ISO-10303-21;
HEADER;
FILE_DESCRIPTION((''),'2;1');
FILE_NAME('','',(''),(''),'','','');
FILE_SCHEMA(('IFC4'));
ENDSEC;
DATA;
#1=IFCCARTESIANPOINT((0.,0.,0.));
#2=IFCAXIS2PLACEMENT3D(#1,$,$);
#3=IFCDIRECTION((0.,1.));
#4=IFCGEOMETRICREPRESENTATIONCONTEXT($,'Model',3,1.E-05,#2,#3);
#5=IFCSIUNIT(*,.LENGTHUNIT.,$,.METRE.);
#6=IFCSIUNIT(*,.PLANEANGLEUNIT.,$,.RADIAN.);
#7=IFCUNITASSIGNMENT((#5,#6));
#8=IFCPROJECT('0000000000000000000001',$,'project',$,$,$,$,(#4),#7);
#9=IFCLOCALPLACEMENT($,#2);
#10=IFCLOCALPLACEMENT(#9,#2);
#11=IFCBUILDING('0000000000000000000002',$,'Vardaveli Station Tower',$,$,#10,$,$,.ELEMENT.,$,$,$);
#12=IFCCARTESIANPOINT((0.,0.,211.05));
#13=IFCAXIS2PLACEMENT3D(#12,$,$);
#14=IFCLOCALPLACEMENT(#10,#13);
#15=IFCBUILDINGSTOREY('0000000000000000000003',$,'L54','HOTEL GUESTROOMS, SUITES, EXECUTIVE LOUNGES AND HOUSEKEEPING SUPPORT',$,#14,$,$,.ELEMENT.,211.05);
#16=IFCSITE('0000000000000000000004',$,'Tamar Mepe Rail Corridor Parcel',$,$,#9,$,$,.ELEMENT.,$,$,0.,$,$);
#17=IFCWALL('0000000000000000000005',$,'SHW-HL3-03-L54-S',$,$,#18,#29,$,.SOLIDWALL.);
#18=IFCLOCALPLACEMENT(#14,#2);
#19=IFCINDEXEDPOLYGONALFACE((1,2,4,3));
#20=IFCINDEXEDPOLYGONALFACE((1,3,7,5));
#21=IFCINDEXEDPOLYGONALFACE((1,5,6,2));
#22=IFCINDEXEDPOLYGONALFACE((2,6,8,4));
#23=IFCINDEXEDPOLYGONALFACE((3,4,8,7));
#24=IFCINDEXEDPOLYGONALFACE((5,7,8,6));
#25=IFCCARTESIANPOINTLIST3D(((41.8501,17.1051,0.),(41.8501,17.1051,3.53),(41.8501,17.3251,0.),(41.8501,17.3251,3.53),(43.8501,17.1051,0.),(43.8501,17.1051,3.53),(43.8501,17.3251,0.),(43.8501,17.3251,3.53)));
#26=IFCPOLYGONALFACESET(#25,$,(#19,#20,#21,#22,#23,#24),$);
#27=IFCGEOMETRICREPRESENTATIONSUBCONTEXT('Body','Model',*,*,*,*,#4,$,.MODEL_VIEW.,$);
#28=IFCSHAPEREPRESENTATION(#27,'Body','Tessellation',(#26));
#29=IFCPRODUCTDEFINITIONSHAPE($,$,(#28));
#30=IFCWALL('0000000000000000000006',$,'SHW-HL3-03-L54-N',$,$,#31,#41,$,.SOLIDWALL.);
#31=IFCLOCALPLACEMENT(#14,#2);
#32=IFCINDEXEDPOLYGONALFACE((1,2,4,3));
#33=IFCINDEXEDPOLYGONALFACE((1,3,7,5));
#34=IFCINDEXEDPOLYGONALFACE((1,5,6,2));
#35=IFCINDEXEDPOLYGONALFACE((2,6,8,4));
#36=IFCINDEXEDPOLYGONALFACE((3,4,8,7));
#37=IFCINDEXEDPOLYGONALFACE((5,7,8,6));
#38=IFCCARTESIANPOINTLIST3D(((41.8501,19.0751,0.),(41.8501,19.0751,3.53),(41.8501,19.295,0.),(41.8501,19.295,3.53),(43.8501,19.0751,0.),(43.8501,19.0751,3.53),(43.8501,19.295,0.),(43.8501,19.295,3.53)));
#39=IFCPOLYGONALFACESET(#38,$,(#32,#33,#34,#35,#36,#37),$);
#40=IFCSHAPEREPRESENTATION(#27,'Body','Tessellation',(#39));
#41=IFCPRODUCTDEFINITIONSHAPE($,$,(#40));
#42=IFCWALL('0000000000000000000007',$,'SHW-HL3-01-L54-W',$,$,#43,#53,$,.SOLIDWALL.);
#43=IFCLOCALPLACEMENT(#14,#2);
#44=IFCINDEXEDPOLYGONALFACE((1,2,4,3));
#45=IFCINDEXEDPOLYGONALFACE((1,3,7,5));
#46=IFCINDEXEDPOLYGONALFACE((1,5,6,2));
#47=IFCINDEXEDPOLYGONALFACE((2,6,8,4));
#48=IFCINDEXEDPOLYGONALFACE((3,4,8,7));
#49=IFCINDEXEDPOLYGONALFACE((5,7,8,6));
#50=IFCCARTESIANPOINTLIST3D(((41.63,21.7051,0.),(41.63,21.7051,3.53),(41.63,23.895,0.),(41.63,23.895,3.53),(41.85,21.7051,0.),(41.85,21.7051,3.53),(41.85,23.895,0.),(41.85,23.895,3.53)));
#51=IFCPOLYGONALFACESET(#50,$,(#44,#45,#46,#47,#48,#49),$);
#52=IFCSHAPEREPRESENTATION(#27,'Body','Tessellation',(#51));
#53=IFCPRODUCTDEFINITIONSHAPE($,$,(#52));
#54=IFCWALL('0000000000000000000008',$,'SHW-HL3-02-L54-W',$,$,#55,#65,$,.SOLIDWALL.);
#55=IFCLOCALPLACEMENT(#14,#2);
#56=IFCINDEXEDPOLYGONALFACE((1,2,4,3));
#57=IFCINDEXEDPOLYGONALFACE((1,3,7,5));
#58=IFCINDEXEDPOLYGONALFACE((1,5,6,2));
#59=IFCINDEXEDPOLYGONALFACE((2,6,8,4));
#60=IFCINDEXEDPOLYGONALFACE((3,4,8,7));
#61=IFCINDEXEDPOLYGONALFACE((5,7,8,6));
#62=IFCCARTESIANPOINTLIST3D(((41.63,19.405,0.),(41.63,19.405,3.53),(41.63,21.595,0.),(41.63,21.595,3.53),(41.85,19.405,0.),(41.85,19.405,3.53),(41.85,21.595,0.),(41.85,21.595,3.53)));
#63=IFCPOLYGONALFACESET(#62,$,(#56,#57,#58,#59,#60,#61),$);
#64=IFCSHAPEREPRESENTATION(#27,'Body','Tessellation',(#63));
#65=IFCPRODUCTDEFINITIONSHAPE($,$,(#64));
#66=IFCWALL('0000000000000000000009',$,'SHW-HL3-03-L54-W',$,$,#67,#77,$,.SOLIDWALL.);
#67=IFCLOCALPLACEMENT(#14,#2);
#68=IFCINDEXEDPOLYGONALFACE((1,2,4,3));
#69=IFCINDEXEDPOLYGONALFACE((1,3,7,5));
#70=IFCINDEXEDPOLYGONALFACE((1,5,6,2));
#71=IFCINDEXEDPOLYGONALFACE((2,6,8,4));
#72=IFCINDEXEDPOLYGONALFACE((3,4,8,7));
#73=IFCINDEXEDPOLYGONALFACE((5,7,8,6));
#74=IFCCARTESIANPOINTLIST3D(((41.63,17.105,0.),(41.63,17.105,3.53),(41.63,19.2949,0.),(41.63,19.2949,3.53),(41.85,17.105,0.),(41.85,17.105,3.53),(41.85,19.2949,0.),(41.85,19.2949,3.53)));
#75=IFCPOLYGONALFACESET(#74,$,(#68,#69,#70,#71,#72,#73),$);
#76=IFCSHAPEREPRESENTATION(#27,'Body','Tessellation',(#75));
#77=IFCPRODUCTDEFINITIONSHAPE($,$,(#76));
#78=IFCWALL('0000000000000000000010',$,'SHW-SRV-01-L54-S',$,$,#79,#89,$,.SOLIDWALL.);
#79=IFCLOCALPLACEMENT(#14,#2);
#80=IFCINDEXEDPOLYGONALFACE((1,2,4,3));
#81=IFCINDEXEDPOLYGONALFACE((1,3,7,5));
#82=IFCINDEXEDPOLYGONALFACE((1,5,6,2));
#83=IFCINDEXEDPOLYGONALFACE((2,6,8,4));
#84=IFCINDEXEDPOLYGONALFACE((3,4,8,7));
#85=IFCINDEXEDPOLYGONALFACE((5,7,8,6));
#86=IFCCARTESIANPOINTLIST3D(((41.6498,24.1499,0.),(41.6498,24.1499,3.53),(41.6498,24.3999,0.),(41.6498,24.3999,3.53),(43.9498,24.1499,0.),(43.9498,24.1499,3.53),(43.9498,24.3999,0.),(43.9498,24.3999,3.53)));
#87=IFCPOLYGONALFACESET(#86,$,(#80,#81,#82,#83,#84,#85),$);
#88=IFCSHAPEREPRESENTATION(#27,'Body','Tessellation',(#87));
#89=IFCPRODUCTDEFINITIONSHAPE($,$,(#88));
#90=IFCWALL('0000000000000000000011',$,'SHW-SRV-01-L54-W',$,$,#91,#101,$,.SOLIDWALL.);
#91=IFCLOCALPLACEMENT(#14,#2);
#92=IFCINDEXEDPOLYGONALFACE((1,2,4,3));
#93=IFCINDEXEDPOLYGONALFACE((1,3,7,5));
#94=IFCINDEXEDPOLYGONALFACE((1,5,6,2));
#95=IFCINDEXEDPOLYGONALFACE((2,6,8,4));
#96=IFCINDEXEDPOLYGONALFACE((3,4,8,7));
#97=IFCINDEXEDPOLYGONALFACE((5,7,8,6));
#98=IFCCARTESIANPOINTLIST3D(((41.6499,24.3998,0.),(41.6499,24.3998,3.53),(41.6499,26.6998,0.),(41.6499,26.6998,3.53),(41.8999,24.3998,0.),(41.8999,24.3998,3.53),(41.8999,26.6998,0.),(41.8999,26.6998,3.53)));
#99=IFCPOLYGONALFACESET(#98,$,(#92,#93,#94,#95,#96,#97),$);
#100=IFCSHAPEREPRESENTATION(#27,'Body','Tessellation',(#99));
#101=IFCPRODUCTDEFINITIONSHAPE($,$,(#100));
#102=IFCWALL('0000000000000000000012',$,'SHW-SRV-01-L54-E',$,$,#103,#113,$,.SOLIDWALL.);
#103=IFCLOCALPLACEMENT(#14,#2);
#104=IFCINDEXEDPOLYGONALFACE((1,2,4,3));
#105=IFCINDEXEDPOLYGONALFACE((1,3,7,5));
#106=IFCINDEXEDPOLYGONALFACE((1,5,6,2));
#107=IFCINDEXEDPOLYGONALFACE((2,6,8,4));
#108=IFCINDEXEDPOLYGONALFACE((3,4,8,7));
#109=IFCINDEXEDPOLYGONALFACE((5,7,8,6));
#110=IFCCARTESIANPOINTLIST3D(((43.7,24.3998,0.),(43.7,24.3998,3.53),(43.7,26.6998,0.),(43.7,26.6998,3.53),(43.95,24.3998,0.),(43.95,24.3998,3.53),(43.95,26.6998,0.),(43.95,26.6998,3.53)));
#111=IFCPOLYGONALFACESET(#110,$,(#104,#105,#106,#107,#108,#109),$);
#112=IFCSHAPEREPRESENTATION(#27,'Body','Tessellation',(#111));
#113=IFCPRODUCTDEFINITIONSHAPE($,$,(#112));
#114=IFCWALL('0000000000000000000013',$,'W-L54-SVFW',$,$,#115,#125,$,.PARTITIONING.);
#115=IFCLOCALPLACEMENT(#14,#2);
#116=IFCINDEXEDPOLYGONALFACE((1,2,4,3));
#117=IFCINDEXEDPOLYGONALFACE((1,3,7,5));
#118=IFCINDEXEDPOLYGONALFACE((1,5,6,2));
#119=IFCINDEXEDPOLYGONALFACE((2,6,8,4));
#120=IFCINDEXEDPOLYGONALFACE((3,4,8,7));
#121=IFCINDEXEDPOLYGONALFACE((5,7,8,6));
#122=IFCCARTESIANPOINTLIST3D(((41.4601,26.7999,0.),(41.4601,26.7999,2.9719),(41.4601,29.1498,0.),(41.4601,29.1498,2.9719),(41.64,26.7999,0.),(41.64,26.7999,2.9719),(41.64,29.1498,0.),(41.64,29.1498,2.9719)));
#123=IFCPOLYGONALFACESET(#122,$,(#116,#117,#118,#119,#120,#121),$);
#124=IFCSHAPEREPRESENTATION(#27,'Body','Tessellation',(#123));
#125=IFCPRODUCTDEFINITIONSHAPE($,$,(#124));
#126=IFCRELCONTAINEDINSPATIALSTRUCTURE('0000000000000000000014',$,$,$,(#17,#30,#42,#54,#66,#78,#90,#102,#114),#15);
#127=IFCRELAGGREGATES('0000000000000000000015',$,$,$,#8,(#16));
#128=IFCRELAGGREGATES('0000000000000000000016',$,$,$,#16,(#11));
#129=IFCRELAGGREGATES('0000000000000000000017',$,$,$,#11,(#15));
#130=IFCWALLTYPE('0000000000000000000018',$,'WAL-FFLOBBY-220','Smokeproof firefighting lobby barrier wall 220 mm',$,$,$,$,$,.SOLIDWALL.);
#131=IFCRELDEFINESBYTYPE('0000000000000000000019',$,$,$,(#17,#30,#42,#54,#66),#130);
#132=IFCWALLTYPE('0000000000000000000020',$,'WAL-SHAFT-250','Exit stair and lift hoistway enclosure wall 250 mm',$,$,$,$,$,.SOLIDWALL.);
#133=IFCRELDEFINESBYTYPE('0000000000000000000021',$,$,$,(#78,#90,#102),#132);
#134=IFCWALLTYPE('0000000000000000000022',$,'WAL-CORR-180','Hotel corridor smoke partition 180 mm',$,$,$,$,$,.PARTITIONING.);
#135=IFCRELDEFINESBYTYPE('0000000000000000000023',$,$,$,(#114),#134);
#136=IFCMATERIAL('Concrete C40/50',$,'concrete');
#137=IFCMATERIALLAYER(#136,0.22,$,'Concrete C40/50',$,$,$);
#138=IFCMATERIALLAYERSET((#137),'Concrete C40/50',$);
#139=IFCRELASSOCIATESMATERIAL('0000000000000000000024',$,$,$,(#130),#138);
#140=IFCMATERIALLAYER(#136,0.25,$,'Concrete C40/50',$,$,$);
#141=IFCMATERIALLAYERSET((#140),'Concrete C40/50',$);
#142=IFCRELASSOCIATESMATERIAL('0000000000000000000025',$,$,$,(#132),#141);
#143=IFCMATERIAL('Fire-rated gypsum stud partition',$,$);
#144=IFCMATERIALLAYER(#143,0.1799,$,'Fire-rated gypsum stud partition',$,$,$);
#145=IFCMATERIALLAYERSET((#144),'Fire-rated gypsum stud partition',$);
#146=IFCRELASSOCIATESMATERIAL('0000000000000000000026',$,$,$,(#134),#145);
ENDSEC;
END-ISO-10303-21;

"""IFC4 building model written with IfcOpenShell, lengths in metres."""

from ifc_helpers import new_model, si_unit, direction, frame, frame_2d, origin, place, context, subcontext, project, spatial, rectangle, extrude, source, transform, mapped, material, layer, layer_set, type_object, element, save


model = new_model("IFC4")

# Units and contexts
model_context = context("Model", 3, precision=1e-05, world=origin(), true_north=direction((0.0, 1.0)))
body_context = subcontext(model_context, "Body", "Model", "MODEL_VIEW")
ifc_project = project(units=[si_unit("LENGTHUNIT", "METRE"), si_unit("PLANEANGLEUNIT", "RADIAN")], contexts=[model_context])

# Site, building, storey
site_placement = place(None, origin())
site = spatial("IfcSite", under=ifc_project, at=site_placement, Name="Tamar Mepe Rail Corridor Parcel", CompositionType="ELEMENT", RefElevation=0.0)
building_placement = place(site_placement, origin())
building = spatial("IfcBuilding", under=site, at=building_placement, Name="Vardaveli Station Tower", CompositionType="ELEMENT")
storey_placement = place(building_placement, frame((0.0, 0.0, 211.05)))
storey = spatial("IfcBuildingStorey", under=building, at=storey_placement, Name="L54", Description="HOTEL GUESTROOMS, SUITES, EXECUTIVE LOUNGES AND HOUSEKEEPING SUPPORT", CompositionType="ELEMENT", Elevation=211.05)

# Walls
ifc_material_1 = material(Name="Concrete C40/50", Category="concrete")
ifc_layer_1 = layer(ifc_material_1, 0.22, Name="Concrete C40/50")
ifc_layer_set_1 = layer_set([ifc_layer_1], Name="Concrete C40/50")
wall_type_1 = type_object("IfcWallType", Name="WAL-FFLOBBY-220", Description="Smokeproof firefighting lobby barrier wall 220 mm", PredefinedType="SOLIDWALL", material=ifc_layer_set_1)
shared_shape_1 = source(origin(), body_context, "Body", "SweptSolid", [
    extrude(rectangle(XDim=2.0, YDim=0.22, at=frame_2d((1.0, 0.0))), origin(), (0.0, 0.0, 1.0), 3.53),
])
for number, where, z_axis, x_axis, name in (
    (1, (41.8501, 17.2151, 0.0), (0.0, 0.0, 1.0), (1.0, 0.0, 0.0), "SHW-HL3-03-L54-S"),
    (2, (41.8501, 19.1851, 0.0), (0.0, 0.0, 1.0), (1.0, 0.0, 0.0), "SHW-HL3-03-L54-N"),
):
    element("IfcWall", number, at=place(storey_placement, frame(where, z_axis=z_axis, x_axis=x_axis)), inside=storey, type_object=wall_type_1, Name=name, PredefinedType="SOLIDWALL", context=body_context, shape_type="MappedRepresentation", body=[
        mapped(shared_shape_1, transform((0.0, 0.0, 0.0), scale=1.0)),
    ])
shared_shape_2 = source(origin(), body_context, "Body", "SweptSolid", [
    extrude(rectangle(XDim=2.1899, YDim=0.22, at=frame_2d((1.095, 0.0))), origin(), (0.0, 0.0, 1.0), 3.53),
])
for number, where, z_axis, x_axis, name in (
    (3, (41.74, 21.7051, 0.0), (0.0, 0.0, 1.0), (0.0, 1.0, 0.0), "SHW-HL3-01-L54-W"),
    (4, (41.74, 19.405, 0.0), (0.0, 0.0, 1.0), (0.0, 1.0, 0.0), "SHW-HL3-02-L54-W"),
    (5, (41.74, 17.105, 0.0), (0.0, 0.0, 1.0), (0.0, 1.0, 0.0), "SHW-HL3-03-L54-W"),
):
    element("IfcWall", number, at=place(storey_placement, frame(where, z_axis=z_axis, x_axis=x_axis)), inside=storey, type_object=wall_type_1, Name=name, PredefinedType="SOLIDWALL", context=body_context, shape_type="MappedRepresentation", body=[
        mapped(shared_shape_2, transform((0.0, 0.0, 0.0), scale=1.0)),
    ])
ifc_layer_2 = layer(ifc_material_1, 0.25, Name="Concrete C40/50")
ifc_layer_set_2 = layer_set([ifc_layer_2], Name="Concrete C40/50")
wall_type_2 = type_object("IfcWallType", Name="WAL-SHAFT-250", Description="Exit stair and lift hoistway enclosure wall 250 mm", PredefinedType="SOLIDWALL", material=ifc_layer_set_2)
shared_shape_3 = source(origin(), body_context, "Body", "SweptSolid", [
    extrude(rectangle(XDim=2.3, YDim=0.25, at=frame_2d((1.1499, 0.0))), origin(), (0.0, 0.0, 1.0), 3.53),
])
for number, where, z_axis, x_axis, name in (
    (6, (41.6499, 24.2749, 0.0), (0.0, 0.0, 1.0), (1.0, 0.0, 0.0), "SHW-SRV-01-L54-S"),
    (7, (41.7749, 24.3999, 0.0), (0.0, 0.0, 1.0), (0.0, 1.0, 0.0), "SHW-SRV-01-L54-W"),
    (8, (43.825, 24.3999, 0.0), (0.0, 0.0, 1.0), (0.0, 1.0, 0.0), "SHW-SRV-01-L54-E"),
):
    element("IfcWall", number, at=place(storey_placement, frame(where, z_axis=z_axis, x_axis=x_axis)), inside=storey, type_object=wall_type_2, Name=name, PredefinedType="SOLIDWALL", context=body_context, shape_type="MappedRepresentation", body=[
        mapped(shared_shape_3, transform((0.0, 0.0, 0.0), scale=1.0)),
    ])
ifc_material_2 = material(Name="Fire-rated gypsum stud partition")
ifc_layer_3 = layer(ifc_material_2, 0.1799, Name="Fire-rated gypsum stud partition")
ifc_layer_set_3 = layer_set([ifc_layer_3], Name="Fire-rated gypsum stud partition")
wall_type_3 = type_object("IfcWallType", Name="WAL-CORR-180", Description="Hotel corridor smoke partition 180 mm", PredefinedType="PARTITIONING", material=ifc_layer_set_3)
shared_shape_4 = source(origin(), body_context, "Body", "SweptSolid", [
    extrude(rectangle(XDim=2.3499, YDim=0.1799, at=frame_2d((1.1748, 0.0))), origin(), (0.0, 0.0, 1.0), 2.9719),
])
wall_placement = place(storey_placement, frame((41.55, 26.8, 0.0), z_axis=(0.0, 0.0, 1.0), x_axis=(0.0, 1.0, 0.0)))
element("IfcWall", 9, at=wall_placement, inside=storey, type_object=wall_type_3, Name="W-L54-SVFW", PredefinedType="PARTITIONING", context=body_context, shape_type="MappedRepresentation", body=[
    mapped(shared_shape_4, transform((0.0, 0.0, 0.0), scale=1.0)),
])

save(model, "model.ifc")
